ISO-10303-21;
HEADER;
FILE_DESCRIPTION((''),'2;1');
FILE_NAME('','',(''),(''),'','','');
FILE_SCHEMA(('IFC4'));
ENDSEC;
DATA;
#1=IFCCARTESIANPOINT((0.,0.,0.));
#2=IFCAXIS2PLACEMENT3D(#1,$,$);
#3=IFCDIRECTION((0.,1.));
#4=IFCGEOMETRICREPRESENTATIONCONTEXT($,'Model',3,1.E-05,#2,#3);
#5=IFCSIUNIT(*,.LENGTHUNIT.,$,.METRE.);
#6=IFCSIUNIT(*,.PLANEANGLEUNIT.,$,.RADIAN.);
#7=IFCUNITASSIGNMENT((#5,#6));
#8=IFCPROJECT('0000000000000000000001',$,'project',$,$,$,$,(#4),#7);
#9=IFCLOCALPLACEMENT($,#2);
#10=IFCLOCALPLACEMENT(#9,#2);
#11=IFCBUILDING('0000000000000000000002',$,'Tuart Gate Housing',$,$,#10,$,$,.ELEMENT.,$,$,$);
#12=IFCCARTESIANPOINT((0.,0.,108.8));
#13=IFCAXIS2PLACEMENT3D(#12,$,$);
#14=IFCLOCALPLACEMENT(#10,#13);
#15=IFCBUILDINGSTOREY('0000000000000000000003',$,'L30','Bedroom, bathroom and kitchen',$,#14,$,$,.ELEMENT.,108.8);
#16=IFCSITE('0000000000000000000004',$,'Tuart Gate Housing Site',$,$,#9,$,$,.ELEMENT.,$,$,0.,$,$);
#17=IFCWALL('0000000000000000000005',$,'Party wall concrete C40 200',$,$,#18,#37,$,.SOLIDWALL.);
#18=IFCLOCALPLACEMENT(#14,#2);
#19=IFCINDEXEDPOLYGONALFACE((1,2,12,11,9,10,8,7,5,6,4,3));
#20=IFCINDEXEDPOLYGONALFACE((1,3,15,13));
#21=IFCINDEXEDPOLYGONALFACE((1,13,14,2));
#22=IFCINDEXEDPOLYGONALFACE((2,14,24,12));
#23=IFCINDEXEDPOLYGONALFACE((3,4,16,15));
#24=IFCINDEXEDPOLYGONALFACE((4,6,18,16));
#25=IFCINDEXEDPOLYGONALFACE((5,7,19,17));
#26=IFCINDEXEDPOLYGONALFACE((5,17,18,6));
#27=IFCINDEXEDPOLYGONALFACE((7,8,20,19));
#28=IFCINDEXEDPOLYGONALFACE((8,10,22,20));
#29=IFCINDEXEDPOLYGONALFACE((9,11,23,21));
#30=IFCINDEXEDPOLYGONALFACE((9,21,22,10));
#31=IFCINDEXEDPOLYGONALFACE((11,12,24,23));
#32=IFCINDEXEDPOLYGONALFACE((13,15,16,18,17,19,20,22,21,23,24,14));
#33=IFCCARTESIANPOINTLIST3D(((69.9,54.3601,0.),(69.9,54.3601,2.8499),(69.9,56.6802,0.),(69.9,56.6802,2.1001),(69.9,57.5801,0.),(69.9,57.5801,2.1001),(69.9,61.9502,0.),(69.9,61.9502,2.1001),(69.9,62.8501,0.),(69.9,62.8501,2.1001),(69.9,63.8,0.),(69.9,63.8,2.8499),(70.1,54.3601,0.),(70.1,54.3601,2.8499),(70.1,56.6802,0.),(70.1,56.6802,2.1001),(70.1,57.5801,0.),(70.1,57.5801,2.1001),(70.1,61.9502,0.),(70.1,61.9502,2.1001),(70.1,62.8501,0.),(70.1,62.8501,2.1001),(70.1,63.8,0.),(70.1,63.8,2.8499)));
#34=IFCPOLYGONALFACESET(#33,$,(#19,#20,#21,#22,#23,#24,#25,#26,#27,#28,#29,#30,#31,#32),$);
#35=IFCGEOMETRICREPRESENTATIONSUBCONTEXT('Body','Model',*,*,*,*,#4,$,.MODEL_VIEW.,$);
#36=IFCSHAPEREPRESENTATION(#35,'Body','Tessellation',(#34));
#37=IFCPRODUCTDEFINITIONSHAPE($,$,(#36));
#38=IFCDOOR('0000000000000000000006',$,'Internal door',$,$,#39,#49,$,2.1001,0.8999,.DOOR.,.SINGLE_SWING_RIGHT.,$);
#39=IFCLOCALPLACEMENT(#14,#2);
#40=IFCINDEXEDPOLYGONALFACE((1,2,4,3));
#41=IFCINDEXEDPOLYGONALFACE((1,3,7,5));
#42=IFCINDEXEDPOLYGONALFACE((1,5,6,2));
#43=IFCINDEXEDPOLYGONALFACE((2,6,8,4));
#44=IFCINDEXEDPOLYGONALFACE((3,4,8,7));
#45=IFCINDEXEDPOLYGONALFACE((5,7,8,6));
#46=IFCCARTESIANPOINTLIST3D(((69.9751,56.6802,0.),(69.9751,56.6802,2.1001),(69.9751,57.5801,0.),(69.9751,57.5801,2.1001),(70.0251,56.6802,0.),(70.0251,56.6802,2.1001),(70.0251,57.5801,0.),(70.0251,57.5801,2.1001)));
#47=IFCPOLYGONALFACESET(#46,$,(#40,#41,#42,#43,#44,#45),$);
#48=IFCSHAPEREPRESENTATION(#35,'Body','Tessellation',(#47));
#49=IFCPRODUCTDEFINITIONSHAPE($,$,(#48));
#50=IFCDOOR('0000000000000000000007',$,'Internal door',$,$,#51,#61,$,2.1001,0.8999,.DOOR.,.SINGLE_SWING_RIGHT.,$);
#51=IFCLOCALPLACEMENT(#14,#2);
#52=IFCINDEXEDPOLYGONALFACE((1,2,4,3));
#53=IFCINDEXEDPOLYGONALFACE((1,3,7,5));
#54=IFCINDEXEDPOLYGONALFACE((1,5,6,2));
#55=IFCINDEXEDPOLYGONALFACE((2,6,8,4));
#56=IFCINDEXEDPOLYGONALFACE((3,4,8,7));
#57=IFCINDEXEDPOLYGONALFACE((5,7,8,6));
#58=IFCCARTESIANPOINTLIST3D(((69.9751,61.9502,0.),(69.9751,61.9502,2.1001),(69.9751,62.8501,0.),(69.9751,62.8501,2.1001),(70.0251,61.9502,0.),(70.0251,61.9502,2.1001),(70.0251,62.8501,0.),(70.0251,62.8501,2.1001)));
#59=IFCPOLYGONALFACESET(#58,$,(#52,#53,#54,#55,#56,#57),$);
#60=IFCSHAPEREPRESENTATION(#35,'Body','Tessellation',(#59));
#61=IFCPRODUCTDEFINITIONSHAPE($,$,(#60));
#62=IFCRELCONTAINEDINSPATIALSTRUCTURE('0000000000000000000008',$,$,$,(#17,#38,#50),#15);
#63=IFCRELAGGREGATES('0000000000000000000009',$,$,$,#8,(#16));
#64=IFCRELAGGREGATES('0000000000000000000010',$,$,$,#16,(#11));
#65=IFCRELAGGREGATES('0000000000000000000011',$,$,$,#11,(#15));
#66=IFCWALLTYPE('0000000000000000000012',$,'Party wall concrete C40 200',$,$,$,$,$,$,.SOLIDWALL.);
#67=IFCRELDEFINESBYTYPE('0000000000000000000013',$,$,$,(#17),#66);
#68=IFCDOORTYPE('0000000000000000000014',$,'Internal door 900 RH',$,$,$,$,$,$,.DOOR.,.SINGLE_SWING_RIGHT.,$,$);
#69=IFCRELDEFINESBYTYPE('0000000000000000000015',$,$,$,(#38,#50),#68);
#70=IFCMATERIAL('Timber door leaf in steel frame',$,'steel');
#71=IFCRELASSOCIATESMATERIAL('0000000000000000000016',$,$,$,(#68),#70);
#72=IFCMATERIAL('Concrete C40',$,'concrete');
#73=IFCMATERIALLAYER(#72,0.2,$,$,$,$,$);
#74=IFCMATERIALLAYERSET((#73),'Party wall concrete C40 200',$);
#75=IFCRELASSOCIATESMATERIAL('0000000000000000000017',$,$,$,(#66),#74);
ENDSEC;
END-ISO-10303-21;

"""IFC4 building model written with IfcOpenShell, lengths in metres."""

from ifc_helpers import new_model, si_unit, direction, frame, frame_2d, origin, place, context, subcontext, project, spatial, rectangle, extrude, material, layer, layer_set, type_object, element, fill, save


model = new_model("IFC4")

# Units and contexts
model_context = context("Model", 3, precision=1e-05, world=origin(), true_north=direction((0.0, 1.0)))
body_context = subcontext(model_context, "Body", "Model", "MODEL_VIEW")
ifc_project = project(units=[si_unit("LENGTHUNIT", "METRE"), si_unit("PLANEANGLEUNIT", "RADIAN")], contexts=[model_context])

# Site, building, storey
site_placement = place(None, origin())
site = spatial("IfcSite", under=ifc_project, at=site_placement, Name="Tuart Gate Housing Site", CompositionType="ELEMENT", RefElevation=0.0)
building_placement = place(site_placement, origin())
building = spatial("IfcBuilding", under=site, at=building_placement, Name="Tuart Gate Housing", CompositionType="ELEMENT")
storey_placement = place(building_placement, frame((0.0, 0.0, 108.8)))
storey = spatial("IfcBuildingStorey", under=building, at=storey_placement, Name="L30", Description="Bedroom, bathroom and kitchen", CompositionType="ELEMENT", Elevation=108.8)

# Shared definitions
ifc_material_1 = material(Name="Timber door leaf in steel frame", Category="steel")
door_type_1 = type_object("IfcDoorType", Name="Internal door 900 RH", OperationType="SINGLE_SWING_RIGHT", PredefinedType="DOOR", material=ifc_material_1)

# Shared definitions
ifc_material_2 = material(Name="Concrete C40", Category="concrete")
ifc_layer_1 = layer(ifc_material_2, 0.2)
ifc_layer_set_1 = layer_set([ifc_layer_1], Name="Party wall concrete C40 200")
wall_type_1 = type_object("IfcWallType", Name="Party wall concrete C40 200", PredefinedType="SOLIDWALL", material=ifc_layer_set_1)

# Wall, openings, doors
wall_1_placement = place(storey_placement, frame((70.0, 54.3601, 0.0), z_axis=(0.0, 0.0, 1.0), x_axis=(0.0, 1.0, 0.0)))
wall_1 = element("IfcWall", 1, at=wall_1_placement, inside=storey, type_object=wall_type_1, Name="Party wall concrete C40 200", PredefinedType="SOLIDWALL", context=body_context, shape_type="SweptSolid", body=[
    extrude(rectangle(XDim=9.4399, YDim=0.2, at=frame_2d((4.72, 0.0))), origin(), (0.0, 0.0, 1.0), 2.8499),
])
opening_1_placement = place(wall_1_placement, frame((2.3201, 0.0, 0.0)))
opening_1 = element("IfcOpeningElement", 2, at=opening_1_placement, cuts=wall_1, PredefinedType="OPENING", context=body_context, shape_type="SweptSolid", body=[
    extrude(rectangle(XDim=0.8999, YDim=2.1001, at=frame_2d((0.45, 1.05))), frame((0.0, 0.1099, 0.0), z_axis=(0.0, -1.0, 0.0), x_axis=(1.0, 0.0, 0.0)), (0.0, 0.0, 1.0), 0.22),
])
opening_2_placement = place(wall_1_placement, frame((7.5901, 0.0, 0.0)))
opening_2 = element("IfcOpeningElement", 3, at=opening_2_placement, cuts=wall_1, PredefinedType="OPENING", context=body_context, shape_type="SweptSolid", body=[
    extrude(rectangle(XDim=0.8999, YDim=2.1001, at=frame_2d((0.45, 1.05))), frame((0.0, 0.1099, 0.0), z_axis=(0.0, -1.0, 0.0), x_axis=(1.0, 0.0, 0.0)), (0.0, 0.0, 1.0), 0.22),
])
door_1_placement = place(opening_1_placement, frame((0.8999, 0.0, 0.0), z_axis=(0.0, 0.0, 1.0), x_axis=(-1.0, 0.0, 0.0)))
door_1 = element("IfcDoor", 4, at=door_1_placement, inside=storey, type_object=door_type_1, Name="Internal door", OperationType="SINGLE_SWING_RIGHT", OverallHeight=2.1001, OverallWidth=0.8999, PredefinedType="DOOR", context=body_context, shape_type="SweptSolid", body=[
    extrude(rectangle(XDim=0.8999, YDim=2.1001, at=frame_2d((0.45, 1.05))), frame((0.0, 0.0251, 0.0), z_axis=(0.0, -1.0, 0.0), x_axis=(1.0, 0.0, 0.0)), (0.0, 0.0, 1.0), 0.05),
])
fill(opening_1, door_1)
door_2_placement = place(opening_2_placement, frame((0.8999, 0.0, 0.0), z_axis=(0.0, 0.0, 1.0), x_axis=(-1.0, 0.0, 0.0)))
door_2 = element("IfcDoor", 5, at=door_2_placement, inside=storey, type_object=door_type_1, Name="Internal door", OperationType="SINGLE_SWING_RIGHT", OverallHeight=2.1001, OverallWidth=0.8999, PredefinedType="DOOR", context=body_context, shape_type="SweptSolid", body=[
    extrude(rectangle(XDim=0.8999, YDim=2.1001, at=frame_2d((0.45, 1.05))), frame((0.0, 0.0251, 0.0), z_axis=(0.0, -1.0, 0.0), x_axis=(1.0, 0.0, 0.0)), (0.0, 0.0, 1.0), 0.05),
])
fill(opening_2, door_2)

save(model, "model.ifc")
